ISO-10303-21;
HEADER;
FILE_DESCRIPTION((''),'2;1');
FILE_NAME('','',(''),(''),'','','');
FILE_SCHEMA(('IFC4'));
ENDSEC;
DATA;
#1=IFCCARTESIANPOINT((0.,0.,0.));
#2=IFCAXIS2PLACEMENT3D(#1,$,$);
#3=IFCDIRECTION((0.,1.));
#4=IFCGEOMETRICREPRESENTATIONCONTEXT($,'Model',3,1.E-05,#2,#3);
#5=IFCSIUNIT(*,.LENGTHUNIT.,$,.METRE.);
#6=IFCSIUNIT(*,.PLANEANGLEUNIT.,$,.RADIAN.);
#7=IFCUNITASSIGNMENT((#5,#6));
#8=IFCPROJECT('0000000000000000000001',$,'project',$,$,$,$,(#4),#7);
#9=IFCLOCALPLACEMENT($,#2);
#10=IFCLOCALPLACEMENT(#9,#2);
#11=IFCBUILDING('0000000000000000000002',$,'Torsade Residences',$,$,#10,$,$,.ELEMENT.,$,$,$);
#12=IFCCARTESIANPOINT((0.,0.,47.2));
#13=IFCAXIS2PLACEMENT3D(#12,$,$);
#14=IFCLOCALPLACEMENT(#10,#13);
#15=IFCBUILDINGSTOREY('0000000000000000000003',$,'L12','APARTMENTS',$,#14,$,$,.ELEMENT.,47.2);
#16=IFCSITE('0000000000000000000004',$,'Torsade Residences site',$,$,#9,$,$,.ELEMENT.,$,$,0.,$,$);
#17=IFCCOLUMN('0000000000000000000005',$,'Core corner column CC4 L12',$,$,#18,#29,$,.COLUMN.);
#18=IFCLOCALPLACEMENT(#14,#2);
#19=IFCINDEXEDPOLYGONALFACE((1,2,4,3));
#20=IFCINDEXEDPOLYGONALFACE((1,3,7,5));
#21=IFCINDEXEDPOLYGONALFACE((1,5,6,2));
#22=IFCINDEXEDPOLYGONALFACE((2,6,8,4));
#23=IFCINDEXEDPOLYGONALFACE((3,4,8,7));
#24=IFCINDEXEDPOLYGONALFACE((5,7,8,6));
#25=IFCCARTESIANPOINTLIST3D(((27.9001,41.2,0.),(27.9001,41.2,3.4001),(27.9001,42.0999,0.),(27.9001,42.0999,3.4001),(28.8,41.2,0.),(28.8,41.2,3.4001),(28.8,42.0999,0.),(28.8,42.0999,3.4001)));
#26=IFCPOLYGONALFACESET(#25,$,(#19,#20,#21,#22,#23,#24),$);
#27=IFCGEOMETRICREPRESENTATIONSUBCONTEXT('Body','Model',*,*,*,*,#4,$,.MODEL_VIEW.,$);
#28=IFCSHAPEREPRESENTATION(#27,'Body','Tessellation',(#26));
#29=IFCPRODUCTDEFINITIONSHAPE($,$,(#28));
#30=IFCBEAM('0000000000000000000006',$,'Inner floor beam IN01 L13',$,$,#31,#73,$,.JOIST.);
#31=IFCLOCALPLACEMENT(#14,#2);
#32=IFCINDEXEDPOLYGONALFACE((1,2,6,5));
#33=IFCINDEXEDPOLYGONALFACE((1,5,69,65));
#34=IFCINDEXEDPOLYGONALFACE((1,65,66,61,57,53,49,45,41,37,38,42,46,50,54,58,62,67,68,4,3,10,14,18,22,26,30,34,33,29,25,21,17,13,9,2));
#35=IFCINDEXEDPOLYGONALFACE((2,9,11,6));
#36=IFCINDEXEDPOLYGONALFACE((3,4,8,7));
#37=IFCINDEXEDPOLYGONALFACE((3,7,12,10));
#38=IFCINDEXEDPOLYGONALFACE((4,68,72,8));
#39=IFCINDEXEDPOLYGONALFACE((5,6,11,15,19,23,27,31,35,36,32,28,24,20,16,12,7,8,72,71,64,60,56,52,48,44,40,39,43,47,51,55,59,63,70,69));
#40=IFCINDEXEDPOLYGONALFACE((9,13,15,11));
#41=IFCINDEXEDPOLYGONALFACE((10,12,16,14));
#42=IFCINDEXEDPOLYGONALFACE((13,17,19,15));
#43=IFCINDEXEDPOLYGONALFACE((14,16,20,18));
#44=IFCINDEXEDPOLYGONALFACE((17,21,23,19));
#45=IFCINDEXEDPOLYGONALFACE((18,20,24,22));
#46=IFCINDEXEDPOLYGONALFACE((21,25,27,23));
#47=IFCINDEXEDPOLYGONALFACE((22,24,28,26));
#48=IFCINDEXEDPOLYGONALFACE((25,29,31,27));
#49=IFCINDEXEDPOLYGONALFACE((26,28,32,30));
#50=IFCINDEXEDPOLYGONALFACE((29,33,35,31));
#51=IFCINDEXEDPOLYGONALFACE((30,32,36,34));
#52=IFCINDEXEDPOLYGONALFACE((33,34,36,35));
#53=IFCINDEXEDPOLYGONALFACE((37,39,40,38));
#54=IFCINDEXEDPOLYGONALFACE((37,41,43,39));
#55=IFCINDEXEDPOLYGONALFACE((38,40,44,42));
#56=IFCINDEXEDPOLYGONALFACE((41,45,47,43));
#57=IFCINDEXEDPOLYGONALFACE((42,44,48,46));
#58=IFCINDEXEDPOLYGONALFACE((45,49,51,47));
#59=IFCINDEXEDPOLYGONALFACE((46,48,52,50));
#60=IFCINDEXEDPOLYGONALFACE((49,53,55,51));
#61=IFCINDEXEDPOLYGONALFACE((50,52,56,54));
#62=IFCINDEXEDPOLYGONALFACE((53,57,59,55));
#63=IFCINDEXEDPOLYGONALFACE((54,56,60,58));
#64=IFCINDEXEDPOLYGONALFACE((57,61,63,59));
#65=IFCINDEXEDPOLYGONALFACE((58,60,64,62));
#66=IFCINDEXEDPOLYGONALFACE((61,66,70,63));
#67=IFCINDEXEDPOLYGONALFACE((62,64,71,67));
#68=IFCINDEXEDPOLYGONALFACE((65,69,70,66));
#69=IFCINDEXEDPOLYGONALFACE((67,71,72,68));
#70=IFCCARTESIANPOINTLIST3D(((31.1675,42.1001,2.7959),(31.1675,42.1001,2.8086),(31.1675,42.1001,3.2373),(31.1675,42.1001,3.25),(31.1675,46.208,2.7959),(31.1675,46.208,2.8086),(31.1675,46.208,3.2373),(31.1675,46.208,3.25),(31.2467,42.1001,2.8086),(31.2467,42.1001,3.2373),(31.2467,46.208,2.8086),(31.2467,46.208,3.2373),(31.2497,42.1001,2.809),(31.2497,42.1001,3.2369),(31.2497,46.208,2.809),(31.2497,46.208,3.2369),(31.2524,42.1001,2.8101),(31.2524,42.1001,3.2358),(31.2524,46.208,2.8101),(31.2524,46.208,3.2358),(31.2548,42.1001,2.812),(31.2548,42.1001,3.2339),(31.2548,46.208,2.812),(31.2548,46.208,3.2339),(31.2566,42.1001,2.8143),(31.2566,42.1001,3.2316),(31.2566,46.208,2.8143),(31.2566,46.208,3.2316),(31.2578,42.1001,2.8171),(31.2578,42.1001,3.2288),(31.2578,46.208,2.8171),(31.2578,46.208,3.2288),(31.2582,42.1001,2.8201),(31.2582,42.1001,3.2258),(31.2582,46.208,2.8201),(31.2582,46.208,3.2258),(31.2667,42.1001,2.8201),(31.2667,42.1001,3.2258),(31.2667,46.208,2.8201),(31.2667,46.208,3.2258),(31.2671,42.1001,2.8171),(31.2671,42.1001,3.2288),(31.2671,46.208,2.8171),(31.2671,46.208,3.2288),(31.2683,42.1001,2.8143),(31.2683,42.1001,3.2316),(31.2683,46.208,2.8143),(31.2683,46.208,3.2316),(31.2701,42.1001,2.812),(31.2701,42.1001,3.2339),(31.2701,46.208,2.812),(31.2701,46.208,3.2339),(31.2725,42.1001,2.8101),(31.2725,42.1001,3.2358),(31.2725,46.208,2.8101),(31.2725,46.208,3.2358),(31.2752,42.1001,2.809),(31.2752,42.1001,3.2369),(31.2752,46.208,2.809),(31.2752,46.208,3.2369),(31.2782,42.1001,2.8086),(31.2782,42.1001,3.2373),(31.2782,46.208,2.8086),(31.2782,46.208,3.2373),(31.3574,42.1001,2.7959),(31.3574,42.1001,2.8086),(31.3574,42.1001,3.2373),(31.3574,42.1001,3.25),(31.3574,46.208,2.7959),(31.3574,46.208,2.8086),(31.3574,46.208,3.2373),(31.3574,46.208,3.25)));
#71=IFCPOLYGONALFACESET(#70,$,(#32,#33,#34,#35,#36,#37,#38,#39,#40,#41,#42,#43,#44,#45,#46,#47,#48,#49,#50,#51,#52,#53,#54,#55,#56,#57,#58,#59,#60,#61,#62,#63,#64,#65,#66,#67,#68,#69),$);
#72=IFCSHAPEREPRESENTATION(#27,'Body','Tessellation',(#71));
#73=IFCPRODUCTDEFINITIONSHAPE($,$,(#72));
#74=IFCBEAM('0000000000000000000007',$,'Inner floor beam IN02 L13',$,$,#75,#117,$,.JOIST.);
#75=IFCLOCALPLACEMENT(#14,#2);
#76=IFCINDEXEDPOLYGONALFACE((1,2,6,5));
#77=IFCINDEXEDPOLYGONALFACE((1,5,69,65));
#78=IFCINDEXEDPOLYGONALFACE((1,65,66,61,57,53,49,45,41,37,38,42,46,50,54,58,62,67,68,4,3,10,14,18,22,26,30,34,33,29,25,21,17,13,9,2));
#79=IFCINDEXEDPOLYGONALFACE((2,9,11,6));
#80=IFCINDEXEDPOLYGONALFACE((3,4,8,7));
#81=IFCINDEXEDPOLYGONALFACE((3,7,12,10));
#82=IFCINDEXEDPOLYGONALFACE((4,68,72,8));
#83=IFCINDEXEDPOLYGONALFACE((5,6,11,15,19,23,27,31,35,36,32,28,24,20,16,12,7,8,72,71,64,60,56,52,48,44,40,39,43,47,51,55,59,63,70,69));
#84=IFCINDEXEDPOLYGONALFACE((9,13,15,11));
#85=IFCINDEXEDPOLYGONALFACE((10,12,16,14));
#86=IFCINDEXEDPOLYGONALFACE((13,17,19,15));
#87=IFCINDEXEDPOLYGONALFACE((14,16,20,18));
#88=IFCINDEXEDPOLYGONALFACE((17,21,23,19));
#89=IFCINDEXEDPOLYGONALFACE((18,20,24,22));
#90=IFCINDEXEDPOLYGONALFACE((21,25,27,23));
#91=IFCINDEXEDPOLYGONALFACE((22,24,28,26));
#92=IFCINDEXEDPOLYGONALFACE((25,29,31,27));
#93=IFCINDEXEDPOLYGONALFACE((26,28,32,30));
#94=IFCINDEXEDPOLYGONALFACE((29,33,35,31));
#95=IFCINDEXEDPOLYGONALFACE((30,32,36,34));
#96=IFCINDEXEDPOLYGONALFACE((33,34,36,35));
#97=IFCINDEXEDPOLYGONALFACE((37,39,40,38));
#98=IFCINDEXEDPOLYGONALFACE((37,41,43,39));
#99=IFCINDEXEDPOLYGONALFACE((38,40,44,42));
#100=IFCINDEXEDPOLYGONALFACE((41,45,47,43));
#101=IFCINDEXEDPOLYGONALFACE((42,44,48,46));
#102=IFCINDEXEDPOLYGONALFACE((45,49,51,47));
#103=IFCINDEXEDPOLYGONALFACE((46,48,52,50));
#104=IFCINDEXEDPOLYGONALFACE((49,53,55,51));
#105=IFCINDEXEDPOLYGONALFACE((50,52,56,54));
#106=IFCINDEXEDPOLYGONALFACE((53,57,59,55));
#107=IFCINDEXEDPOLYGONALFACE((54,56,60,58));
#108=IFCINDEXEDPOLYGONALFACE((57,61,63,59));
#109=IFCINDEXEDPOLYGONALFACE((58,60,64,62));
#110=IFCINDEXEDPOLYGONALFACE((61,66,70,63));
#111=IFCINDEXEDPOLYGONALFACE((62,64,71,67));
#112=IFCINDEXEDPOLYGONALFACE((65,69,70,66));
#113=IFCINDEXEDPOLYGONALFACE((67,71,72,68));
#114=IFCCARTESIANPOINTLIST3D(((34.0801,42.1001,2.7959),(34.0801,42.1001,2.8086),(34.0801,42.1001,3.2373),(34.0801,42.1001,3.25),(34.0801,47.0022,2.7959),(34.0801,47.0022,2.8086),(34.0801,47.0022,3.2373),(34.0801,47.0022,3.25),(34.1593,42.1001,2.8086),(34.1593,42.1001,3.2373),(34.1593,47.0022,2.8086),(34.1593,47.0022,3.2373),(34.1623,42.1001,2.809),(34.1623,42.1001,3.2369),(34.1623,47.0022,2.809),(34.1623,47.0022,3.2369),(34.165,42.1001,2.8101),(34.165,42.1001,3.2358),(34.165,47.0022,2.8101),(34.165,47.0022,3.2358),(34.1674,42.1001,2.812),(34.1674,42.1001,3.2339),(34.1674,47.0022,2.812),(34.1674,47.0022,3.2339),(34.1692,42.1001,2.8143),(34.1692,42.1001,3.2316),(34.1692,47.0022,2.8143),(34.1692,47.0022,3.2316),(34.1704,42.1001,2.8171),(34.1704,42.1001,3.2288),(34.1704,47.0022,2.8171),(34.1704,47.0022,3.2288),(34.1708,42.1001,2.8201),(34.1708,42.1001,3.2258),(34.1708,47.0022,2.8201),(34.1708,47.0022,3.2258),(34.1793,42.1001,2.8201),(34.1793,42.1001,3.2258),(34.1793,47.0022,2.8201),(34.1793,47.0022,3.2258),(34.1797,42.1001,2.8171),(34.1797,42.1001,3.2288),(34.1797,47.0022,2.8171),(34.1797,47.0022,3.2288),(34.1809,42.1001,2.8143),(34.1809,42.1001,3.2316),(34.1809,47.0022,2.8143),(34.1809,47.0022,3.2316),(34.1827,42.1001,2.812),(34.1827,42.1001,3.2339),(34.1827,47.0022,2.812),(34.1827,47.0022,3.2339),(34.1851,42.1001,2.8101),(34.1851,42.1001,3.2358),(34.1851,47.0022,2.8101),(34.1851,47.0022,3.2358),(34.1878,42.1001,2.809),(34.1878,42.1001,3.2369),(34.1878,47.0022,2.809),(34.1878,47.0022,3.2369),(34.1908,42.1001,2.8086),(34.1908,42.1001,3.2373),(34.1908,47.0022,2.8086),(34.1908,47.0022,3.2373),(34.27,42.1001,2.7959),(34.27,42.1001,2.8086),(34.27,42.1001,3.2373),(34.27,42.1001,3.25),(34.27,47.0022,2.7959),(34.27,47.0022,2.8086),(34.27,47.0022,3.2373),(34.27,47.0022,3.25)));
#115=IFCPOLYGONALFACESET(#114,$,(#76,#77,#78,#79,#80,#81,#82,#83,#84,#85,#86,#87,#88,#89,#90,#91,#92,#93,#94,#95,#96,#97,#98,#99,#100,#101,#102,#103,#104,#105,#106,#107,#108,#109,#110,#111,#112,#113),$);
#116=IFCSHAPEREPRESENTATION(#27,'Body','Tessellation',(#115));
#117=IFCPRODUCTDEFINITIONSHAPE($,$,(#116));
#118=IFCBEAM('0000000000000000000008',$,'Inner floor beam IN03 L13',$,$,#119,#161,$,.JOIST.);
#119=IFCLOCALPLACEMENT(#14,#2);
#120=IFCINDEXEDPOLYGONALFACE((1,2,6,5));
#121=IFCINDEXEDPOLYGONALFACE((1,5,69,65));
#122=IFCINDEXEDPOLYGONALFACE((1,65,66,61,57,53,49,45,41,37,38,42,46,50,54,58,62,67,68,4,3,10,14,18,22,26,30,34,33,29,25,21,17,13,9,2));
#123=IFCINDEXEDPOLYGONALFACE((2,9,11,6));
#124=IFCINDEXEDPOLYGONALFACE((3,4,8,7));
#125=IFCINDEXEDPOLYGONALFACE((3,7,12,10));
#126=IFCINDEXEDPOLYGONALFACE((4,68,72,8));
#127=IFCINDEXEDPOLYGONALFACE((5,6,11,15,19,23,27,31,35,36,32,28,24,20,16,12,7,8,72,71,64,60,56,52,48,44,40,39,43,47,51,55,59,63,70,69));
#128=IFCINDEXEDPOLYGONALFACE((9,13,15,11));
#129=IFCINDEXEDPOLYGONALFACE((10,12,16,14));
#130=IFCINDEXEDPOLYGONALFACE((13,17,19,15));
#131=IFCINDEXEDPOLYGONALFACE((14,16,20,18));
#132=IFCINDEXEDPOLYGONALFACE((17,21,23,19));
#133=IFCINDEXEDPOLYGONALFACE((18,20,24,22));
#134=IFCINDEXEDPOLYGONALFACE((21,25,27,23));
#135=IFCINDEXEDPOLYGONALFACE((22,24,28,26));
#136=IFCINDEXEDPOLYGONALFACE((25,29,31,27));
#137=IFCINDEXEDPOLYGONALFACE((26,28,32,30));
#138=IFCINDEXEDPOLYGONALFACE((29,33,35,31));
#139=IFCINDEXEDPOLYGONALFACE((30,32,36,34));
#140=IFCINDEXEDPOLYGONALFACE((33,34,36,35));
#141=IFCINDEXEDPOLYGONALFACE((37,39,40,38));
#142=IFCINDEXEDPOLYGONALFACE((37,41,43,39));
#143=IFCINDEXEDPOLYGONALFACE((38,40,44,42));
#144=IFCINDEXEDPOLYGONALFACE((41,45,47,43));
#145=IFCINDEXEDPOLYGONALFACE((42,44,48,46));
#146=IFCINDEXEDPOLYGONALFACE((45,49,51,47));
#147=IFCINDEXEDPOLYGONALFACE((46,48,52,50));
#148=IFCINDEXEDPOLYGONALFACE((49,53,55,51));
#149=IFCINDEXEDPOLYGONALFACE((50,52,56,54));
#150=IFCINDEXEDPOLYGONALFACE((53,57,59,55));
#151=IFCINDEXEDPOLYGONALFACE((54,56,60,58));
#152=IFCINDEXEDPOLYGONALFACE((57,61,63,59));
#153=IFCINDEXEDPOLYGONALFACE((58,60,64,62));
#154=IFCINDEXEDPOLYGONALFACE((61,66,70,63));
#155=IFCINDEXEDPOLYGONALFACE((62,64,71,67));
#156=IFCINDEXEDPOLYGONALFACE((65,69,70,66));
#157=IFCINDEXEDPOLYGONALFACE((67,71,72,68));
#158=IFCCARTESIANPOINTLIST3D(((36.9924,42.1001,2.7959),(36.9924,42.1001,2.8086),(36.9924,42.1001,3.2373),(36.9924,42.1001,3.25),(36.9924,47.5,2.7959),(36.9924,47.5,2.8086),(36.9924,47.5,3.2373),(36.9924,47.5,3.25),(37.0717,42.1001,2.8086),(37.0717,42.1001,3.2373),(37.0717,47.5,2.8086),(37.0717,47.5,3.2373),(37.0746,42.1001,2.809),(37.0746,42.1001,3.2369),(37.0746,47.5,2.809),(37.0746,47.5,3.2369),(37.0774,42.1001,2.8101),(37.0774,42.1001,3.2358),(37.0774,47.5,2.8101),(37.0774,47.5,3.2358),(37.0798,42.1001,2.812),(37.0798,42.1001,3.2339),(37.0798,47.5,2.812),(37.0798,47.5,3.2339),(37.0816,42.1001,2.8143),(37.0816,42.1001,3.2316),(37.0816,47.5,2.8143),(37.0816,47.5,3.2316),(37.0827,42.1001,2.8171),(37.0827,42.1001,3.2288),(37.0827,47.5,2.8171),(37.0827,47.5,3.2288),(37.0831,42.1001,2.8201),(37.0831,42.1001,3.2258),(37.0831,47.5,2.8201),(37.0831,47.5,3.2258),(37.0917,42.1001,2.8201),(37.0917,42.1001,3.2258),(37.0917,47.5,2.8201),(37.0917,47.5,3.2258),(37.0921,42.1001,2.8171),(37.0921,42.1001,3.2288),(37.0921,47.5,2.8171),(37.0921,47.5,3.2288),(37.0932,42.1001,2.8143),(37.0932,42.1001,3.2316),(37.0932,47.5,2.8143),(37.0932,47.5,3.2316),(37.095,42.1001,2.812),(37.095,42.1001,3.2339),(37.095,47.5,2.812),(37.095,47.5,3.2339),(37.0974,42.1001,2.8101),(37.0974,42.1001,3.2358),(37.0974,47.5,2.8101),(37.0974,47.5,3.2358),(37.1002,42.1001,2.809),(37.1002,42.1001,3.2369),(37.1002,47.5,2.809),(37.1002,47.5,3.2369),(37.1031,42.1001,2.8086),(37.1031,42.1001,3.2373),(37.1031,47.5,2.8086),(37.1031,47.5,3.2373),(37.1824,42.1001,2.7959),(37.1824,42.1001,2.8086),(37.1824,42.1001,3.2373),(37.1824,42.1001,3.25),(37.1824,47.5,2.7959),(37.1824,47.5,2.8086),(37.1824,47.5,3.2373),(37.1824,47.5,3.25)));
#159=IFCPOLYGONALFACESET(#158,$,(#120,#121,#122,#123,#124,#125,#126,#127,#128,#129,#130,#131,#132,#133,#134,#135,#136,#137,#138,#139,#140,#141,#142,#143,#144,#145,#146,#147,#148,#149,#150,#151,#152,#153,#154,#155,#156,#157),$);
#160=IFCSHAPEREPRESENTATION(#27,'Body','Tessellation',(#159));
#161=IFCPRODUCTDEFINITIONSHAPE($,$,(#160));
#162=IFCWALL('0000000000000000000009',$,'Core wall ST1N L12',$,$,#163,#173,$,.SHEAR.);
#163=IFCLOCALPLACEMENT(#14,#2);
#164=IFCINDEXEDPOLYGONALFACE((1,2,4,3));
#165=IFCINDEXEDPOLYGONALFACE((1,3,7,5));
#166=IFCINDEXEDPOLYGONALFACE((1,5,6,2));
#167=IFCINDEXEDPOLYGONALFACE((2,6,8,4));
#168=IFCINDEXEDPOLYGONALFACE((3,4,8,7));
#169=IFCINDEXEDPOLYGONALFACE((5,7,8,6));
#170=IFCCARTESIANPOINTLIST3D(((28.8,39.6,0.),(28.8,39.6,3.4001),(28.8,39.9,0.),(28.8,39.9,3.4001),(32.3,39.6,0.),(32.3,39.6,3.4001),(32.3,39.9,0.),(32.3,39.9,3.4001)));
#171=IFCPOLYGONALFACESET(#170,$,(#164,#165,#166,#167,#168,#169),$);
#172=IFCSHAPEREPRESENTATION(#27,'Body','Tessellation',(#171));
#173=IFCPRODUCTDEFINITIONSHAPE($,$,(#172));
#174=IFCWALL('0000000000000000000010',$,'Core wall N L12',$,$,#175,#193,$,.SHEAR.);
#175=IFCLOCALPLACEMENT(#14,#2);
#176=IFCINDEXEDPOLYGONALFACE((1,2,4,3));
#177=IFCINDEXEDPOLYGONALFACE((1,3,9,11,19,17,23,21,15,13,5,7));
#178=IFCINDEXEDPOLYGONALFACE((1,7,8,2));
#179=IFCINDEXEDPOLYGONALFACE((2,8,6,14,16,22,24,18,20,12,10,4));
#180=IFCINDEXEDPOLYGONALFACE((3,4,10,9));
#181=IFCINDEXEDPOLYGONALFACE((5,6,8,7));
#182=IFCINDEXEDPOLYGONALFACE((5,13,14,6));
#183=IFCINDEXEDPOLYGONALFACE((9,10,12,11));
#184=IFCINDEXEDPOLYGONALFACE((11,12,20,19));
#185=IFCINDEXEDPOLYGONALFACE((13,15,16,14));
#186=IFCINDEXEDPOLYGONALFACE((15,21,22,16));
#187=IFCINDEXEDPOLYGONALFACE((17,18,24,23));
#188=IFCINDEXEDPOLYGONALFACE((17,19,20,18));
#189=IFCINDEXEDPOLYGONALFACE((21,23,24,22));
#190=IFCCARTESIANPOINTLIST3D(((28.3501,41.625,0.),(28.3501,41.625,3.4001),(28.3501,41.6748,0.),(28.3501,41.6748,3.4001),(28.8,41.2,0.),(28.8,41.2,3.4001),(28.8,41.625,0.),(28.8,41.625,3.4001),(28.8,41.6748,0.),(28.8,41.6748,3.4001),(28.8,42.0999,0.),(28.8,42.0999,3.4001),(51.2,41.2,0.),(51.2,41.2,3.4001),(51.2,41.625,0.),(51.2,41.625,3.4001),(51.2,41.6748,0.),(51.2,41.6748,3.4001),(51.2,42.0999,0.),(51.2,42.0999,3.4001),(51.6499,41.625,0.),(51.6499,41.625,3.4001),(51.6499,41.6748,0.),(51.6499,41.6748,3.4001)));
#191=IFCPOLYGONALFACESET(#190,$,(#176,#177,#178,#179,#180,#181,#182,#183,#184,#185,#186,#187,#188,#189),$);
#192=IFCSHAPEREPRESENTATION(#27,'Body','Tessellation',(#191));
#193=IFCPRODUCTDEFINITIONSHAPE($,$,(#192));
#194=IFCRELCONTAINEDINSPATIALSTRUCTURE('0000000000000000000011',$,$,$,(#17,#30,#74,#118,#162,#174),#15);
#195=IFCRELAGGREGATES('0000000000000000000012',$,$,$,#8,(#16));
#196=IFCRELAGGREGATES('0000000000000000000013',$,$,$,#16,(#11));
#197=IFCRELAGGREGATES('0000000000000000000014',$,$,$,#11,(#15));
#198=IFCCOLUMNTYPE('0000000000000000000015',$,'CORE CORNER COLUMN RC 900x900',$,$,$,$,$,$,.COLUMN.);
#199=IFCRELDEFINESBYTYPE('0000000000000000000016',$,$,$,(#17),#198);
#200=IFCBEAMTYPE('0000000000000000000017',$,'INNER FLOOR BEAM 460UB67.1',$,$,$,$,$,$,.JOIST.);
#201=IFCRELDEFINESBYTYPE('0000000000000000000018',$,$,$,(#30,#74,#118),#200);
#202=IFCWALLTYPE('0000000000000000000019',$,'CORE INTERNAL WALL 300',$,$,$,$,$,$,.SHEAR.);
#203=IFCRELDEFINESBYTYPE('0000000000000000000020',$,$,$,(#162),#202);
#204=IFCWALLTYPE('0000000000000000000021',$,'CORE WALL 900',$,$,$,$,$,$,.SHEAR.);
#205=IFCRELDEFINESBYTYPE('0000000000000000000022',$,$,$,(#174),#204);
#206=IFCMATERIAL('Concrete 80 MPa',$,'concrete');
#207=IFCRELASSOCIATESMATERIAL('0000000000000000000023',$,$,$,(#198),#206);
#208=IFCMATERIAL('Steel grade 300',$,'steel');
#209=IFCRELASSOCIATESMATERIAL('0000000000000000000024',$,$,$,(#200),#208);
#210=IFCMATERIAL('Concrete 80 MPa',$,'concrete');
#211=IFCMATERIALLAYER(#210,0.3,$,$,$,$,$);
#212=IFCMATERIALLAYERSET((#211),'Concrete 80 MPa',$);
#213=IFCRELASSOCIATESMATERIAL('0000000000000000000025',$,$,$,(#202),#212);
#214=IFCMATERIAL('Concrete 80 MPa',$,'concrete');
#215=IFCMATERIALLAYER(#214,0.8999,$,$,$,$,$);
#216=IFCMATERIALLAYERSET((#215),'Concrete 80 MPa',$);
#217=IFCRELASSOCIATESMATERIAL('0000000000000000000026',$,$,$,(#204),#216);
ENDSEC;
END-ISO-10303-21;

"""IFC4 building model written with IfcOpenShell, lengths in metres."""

from ifc_helpers import new_model, si_unit, direction, frame, frame_2d, origin, origin_2d, place, context, subcontext, project, spatial, polyline, rectangle, i_section, outline, extrude, material, layer, layer_set, material_profile, profile_set, type_object, element, save


model = new_model("IFC4")

# Units and contexts
model_context = context("Model", 3, precision=1e-05, world=origin(), true_north=direction((0.0, 1.0)))
body_context = subcontext(model_context, "Body", "Model", "MODEL_VIEW")
ifc_project = project(units=[si_unit("LENGTHUNIT", "METRE"), si_unit("PLANEANGLEUNIT", "RADIAN")], contexts=[model_context])

# Site, building, storey
site_placement = place(None, origin())
site = spatial("IfcSite", under=ifc_project, at=site_placement, Name="Torsade Residences site", CompositionType="ELEMENT", RefElevation=0.0)
building_placement = place(site_placement, origin())
building = spatial("IfcBuilding", under=site, at=building_placement, Name="Torsade Residences", CompositionType="ELEMENT")
storey_placement = place(building_placement, frame((0.0, 0.0, 47.2)))
storey = spatial("IfcBuildingStorey", under=building, at=storey_placement, Name="L12", Description="APARTMENTS", CompositionType="ELEMENT", Elevation=47.2)

# Column
ifc_material_1 = material(Name="Concrete 80 MPa", Category="concrete")
ifc_material_profile_1 = material_profile(ifc_material_1, rectangle(XDim=0.8999, YDim=0.8999, at=origin_2d()), Name="RC 900x900")
ifc_profile_set_1 = profile_set([ifc_material_profile_1], Name="Concrete 80 MPa")
column_type = type_object("IfcColumnType", Name="CORE CORNER COLUMN RC 900x900", PredefinedType="COLUMN", material=ifc_profile_set_1)
column_placement = place(storey_placement, frame((28.3501, 41.6499, 0.0), z_axis=(0.0, 0.0, 1.0), x_axis=(1.0, 0.0, 0.0)))
element("IfcColumn", 1, at=column_placement, inside=storey, type_object=column_type, Name="Core corner column CC4 L12", PredefinedType="COLUMN", context=body_context, shape_type="SweptSolid", body=[
    extrude(rectangle(XDim=0.8999, YDim=0.8999, at=origin_2d()), origin(), (0.0, 0.0, 1.0), 3.4001),
])

# Beams
ifc_material_2 = material(Name="Steel grade 300", Category="steel")
ifc_material_profile_2 = material_profile(ifc_material_2, i_section(OverallWidth=0.1899, OverallDepth=0.4541, WebThickness=0.0085, FlangeThickness=0.0127, FilletRadius=0.0115, at=origin_2d()), Name="460UB67.1")
ifc_profile_set_2 = profile_set([ifc_material_profile_2], Name="Steel grade 300")
beam_type = type_object("IfcBeamType", Name="INNER FLOOR BEAM 460UB67.1", PredefinedType="JOIST", material=ifc_profile_set_2)
beam_1_placement = place(storey_placement, frame((31.2625, 42.1001, 3.0229), z_axis=(0.0, 1.0, 0.0), x_axis=(-1.0, 0.0, 0.0)))
element("IfcBeam", 2, at=beam_1_placement, inside=storey, type_object=beam_type, Name="Inner floor beam IN01 L13", PredefinedType="JOIST", context=body_context, shape_type="SweptSolid", body=[
    extrude(i_section(OverallWidth=0.1899, OverallDepth=0.4541, WebThickness=0.0085, FlangeThickness=0.0127, FilletRadius=0.0115, at=origin_2d()), origin(), (0.0, 0.0, 1.0), 4.1079),
])
beam_2_placement = place(storey_placement, frame((34.175, 42.1001, 3.0229), z_axis=(0.0, 1.0, 0.0), x_axis=(-1.0, 0.0, 0.0)))
element("IfcBeam", 3, at=beam_2_placement, inside=storey, type_object=beam_type, Name="Inner floor beam IN02 L13", PredefinedType="JOIST", context=body_context, shape_type="SweptSolid", body=[
    extrude(i_section(OverallWidth=0.1899, OverallDepth=0.4541, WebThickness=0.0085, FlangeThickness=0.0127, FilletRadius=0.0115, at=origin_2d()), origin(), (0.0, 0.0, 1.0), 4.9021),
])
beam_3_placement = place(storey_placement, frame((37.0874, 42.1001, 3.0229), z_axis=(0.0, 1.0, 0.0), x_axis=(-1.0, 0.0, 0.0)))
element("IfcBeam", 4, at=beam_3_placement, inside=storey, type_object=beam_type, Name="Inner floor beam IN03 L13", PredefinedType="JOIST", context=body_context, shape_type="SweptSolid", body=[
    extrude(i_section(OverallWidth=0.1899, OverallDepth=0.4541, WebThickness=0.0085, FlangeThickness=0.0127, FilletRadius=0.0115, at=origin_2d()), origin(), (0.0, 0.0, 1.0), 5.3999),
])

# Walls
ifc_material_3 = material(Name="Concrete 80 MPa", Category="concrete")
ifc_layer_1 = layer(ifc_material_3, 0.3)
ifc_layer_set_1 = layer_set([ifc_layer_1], Name="Concrete 80 MPa")
wall_type_1 = type_object("IfcWallType", Name="CORE INTERNAL WALL 300", PredefinedType="SHEAR", material=ifc_layer_set_1)
wall_1_placement = place(storey_placement, frame((28.8, 39.75, 0.0), z_axis=(0.0, 0.0, 1.0), x_axis=(1.0, 0.0, 0.0)))
element("IfcWall", 5, at=wall_1_placement, inside=storey, type_object=wall_type_1, Name="Core wall ST1N L12", PredefinedType="SHEAR", context=body_context, shape_type="SweptSolid", body=[
    extrude(rectangle(XDim=3.5, YDim=0.3, at=frame_2d((1.75, 0.0))), origin(), (0.0, 0.0, 1.0), 3.4001),
])
ifc_material_4 = material(Name="Concrete 80 MPa", Category="concrete")
ifc_layer_2 = layer(ifc_material_4, 0.8999)
ifc_layer_set_2 = layer_set([ifc_layer_2], Name="Concrete 80 MPa")
wall_type_2 = type_object("IfcWallType", Name="CORE WALL 900", PredefinedType="SHEAR", material=ifc_layer_set_2)
wall_2_placement = place(storey_placement, frame((28.8, 41.6499, 0.0), z_axis=(0.0, 0.0, 1.0), x_axis=(1.0, 0.0, 0.0)))
element("IfcWall", 6, at=wall_2_placement, inside=storey, type_object=wall_type_2, Name="Core wall N L12", PredefinedType="SHEAR", context=body_context, shape_type="SweptSolid", body=[
    extrude(outline(polyline([(0.0, -0.45), (22.3999, -0.45), (22.3999, -0.0249), (22.8499, -0.0249), (22.8499, 0.0249), (22.3999, 0.0249), (22.3999, 0.45), (0.0, 0.45), (0.0, 0.0249), (-0.45, 0.0249), (-0.45, -0.0249), (0.0, -0.0249), (0.0, -0.45)])), origin(), (0.0, 0.0, 1.0), 3.4001),
])

save(model, "model.ifc")
